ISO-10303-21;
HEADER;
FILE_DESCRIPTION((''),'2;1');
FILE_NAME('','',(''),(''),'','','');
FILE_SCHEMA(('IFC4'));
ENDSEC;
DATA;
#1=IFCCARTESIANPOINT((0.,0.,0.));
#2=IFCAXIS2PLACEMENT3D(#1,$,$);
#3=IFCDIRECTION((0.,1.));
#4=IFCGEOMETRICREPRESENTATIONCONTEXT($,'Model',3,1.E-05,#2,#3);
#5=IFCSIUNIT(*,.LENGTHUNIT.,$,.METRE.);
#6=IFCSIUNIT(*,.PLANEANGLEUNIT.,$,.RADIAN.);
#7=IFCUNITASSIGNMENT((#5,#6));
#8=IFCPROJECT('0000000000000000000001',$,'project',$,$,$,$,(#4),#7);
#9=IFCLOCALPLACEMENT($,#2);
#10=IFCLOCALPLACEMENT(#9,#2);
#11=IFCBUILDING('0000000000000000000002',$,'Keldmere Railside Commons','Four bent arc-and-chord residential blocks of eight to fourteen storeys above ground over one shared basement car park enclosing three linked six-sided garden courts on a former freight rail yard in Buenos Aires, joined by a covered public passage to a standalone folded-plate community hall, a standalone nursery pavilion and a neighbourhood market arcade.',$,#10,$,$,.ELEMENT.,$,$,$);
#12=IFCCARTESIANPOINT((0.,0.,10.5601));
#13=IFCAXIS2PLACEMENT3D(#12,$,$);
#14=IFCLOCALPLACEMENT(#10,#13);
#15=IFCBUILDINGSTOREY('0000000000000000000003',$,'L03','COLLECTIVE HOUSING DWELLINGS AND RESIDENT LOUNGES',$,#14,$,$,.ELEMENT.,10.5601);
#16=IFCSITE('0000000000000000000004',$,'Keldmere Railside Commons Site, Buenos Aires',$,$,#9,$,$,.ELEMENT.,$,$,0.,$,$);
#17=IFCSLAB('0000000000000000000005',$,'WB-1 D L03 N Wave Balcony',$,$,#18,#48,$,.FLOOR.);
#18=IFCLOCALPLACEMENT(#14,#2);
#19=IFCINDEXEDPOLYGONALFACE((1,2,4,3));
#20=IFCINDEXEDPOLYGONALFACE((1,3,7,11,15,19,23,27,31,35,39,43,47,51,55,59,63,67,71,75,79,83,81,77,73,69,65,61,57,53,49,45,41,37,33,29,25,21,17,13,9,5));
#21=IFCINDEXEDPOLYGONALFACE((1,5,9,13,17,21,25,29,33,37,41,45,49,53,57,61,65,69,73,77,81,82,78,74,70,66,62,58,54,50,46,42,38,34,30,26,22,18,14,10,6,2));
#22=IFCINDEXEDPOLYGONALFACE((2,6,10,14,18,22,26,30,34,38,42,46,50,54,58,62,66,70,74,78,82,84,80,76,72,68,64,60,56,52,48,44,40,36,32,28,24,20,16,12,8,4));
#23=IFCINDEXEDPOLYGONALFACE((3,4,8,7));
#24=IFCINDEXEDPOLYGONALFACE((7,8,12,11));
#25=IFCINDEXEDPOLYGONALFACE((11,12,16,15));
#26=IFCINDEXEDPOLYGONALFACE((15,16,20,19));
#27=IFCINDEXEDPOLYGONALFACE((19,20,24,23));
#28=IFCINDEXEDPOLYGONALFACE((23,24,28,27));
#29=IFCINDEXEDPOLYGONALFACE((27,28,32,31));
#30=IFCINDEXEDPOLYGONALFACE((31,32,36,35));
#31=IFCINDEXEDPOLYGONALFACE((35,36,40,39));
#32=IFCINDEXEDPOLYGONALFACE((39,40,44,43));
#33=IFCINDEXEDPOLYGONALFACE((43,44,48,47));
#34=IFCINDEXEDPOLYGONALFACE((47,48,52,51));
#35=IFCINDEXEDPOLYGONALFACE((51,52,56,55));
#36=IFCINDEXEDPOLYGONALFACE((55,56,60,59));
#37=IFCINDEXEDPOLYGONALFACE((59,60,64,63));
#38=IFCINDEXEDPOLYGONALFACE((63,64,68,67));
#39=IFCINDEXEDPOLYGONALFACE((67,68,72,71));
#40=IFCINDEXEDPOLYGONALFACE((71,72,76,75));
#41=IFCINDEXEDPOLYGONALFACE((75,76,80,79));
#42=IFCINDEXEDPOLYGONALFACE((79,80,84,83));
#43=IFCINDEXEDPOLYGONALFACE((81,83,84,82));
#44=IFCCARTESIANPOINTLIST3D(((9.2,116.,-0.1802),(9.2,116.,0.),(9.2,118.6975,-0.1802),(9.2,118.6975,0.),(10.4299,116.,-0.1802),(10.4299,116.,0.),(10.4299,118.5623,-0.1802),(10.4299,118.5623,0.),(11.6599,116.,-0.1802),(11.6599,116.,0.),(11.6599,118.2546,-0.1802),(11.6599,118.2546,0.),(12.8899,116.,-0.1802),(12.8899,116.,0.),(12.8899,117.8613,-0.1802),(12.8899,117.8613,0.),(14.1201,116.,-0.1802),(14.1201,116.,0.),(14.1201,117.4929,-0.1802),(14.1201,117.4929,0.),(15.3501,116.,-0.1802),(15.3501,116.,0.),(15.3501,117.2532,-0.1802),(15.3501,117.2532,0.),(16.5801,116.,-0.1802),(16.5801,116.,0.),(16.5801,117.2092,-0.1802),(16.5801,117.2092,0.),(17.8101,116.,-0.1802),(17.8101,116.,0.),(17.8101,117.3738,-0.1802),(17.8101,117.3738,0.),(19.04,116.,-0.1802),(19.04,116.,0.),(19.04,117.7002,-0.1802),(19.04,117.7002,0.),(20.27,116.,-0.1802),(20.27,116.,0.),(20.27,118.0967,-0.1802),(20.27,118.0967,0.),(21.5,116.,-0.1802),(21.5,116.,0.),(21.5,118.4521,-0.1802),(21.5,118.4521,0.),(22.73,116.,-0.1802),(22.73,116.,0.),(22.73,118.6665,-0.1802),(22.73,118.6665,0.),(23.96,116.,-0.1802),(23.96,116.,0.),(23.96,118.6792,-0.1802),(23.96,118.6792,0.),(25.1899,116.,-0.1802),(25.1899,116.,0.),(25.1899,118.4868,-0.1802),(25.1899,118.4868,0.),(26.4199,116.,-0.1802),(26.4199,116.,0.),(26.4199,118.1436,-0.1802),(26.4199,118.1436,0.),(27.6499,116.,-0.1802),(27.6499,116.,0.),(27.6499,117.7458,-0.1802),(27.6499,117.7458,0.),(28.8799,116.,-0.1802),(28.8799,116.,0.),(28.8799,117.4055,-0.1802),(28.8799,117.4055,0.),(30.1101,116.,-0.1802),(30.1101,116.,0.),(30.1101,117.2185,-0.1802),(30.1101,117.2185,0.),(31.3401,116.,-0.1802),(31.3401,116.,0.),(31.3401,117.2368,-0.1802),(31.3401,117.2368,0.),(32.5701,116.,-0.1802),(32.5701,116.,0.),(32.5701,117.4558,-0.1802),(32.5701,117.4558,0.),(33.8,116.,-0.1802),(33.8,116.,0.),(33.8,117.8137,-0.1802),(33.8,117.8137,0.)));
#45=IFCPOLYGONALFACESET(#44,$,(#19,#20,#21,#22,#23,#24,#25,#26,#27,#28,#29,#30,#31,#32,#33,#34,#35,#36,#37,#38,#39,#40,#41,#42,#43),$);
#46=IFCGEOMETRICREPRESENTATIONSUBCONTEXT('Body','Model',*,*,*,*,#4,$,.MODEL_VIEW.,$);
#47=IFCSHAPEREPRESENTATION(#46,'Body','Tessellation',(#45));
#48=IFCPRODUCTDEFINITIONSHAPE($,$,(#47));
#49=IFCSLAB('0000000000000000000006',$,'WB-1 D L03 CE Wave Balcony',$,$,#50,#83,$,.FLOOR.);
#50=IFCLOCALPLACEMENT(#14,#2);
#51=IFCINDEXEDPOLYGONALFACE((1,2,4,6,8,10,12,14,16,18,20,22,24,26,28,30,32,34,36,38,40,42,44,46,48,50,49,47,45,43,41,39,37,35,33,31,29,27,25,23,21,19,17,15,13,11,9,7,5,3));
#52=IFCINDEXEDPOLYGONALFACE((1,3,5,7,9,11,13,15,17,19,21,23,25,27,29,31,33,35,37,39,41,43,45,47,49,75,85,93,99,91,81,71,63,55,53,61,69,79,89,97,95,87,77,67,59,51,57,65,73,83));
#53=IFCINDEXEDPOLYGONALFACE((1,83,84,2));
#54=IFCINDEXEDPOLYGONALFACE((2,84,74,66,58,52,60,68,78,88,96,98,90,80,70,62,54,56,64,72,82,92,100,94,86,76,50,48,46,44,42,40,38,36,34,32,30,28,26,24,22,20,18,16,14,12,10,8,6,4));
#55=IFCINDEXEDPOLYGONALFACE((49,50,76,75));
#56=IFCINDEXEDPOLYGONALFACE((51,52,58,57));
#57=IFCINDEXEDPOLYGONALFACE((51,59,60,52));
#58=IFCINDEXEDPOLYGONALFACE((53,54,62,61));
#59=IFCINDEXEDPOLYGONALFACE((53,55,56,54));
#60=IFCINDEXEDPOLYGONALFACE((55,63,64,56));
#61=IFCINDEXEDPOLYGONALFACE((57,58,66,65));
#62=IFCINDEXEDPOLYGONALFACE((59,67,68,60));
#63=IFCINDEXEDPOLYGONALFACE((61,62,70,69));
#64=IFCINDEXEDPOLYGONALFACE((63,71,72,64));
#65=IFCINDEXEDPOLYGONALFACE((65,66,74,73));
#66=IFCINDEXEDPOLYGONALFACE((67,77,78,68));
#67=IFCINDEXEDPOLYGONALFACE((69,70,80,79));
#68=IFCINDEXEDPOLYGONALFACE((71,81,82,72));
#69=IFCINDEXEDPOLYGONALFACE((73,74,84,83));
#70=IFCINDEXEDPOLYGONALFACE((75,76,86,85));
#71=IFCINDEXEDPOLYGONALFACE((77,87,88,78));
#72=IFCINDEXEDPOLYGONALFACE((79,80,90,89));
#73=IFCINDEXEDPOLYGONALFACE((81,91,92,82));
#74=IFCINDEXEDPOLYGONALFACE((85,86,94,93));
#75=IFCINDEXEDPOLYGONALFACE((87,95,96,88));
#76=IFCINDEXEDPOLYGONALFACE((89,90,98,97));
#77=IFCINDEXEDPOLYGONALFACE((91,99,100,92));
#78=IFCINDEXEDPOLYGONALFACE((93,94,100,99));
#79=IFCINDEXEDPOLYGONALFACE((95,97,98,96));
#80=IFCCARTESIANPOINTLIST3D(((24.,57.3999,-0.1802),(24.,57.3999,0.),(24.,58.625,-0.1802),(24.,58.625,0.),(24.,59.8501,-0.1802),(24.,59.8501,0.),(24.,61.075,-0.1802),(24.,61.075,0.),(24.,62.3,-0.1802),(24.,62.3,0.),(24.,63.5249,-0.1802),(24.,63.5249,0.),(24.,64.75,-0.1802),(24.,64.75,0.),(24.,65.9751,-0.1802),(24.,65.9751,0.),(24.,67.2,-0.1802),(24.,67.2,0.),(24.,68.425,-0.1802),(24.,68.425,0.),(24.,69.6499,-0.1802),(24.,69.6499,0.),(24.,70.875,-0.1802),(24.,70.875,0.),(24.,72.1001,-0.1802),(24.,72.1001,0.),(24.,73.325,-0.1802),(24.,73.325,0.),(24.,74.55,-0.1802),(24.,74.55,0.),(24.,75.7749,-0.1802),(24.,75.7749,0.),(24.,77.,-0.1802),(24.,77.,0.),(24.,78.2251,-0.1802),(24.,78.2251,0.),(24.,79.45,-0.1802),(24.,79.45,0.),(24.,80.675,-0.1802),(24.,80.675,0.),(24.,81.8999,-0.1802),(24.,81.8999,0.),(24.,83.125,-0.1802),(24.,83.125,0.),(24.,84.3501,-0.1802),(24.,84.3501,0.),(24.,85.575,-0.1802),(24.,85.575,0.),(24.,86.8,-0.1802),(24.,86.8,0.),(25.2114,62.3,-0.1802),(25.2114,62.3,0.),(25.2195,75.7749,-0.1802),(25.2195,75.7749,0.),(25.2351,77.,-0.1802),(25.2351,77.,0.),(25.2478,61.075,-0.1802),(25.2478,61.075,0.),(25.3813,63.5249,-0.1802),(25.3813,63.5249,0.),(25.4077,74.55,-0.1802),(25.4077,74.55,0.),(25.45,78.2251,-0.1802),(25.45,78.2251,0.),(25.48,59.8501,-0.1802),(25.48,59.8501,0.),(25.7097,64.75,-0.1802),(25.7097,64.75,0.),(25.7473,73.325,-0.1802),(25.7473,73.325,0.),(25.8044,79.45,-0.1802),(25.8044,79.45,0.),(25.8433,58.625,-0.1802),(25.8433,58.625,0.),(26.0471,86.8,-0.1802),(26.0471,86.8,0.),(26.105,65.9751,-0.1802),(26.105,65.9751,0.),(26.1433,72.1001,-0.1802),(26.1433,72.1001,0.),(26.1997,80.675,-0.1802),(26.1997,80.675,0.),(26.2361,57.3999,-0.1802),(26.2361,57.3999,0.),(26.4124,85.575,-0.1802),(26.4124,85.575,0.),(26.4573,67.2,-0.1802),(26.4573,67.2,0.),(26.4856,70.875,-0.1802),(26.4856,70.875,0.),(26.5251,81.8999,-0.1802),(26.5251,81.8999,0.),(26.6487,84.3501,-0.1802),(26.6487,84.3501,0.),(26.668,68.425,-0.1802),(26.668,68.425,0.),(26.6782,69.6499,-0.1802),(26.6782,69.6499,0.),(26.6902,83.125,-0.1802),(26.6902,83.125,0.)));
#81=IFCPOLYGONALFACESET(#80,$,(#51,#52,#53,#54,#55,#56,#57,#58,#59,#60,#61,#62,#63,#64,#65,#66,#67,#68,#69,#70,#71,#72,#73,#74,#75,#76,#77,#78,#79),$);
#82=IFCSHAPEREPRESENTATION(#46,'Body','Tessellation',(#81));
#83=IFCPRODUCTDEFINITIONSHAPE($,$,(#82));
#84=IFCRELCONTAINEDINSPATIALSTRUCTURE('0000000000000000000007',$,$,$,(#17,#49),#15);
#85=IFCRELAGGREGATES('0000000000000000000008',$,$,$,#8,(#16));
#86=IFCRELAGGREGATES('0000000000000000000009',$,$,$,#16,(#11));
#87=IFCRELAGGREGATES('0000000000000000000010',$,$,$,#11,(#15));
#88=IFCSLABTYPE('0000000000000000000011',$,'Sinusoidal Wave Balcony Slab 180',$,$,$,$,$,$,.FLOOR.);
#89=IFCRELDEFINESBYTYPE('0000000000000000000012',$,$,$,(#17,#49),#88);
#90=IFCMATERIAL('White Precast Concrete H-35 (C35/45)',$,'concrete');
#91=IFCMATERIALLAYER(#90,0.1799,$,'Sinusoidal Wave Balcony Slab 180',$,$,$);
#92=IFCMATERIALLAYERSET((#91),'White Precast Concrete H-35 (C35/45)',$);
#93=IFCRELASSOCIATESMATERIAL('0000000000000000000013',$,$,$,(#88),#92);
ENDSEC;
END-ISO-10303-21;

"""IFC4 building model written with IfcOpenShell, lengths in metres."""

from ifc_helpers import new_model, si_unit, direction, frame, origin, place, context, subcontext, project, spatial, polyline, outline, extrude, material, layer, layer_set, type_object, element, save


model = new_model("IFC4")

# Units and contexts
model_context = context("Model", 3, precision=1e-05, world=origin(), true_north=direction((0.0, 1.0)))
body_context = subcontext(model_context, "Body", "Model", "MODEL_VIEW")
ifc_project = project(units=[si_unit("LENGTHUNIT", "METRE"), si_unit("PLANEANGLEUNIT", "RADIAN")], contexts=[model_context])

# Site, building, storey
site_placement = place(None, origin())
site = spatial("IfcSite", under=ifc_project, at=site_placement, Name="Keldmere Railside Commons Site, Buenos Aires", CompositionType="ELEMENT", RefElevation=0.0)
building_placement = place(site_placement, origin())
building = spatial("IfcBuilding", under=site, at=building_placement, Name="Keldmere Railside Commons", Description="Four bent arc-and-chord residential blocks of eight to fourteen storeys above ground over one shared basement car park enclosing three linked six-sided garden courts on a former freight rail yard in Buenos Aires, joined by a covered public passage to a standalone folded-plate community hall, a standalone nursery pavilion and a neighbourhood market arcade.", CompositionType="ELEMENT")
storey_placement = place(building_placement, frame((0.0, 0.0, 10.5601)))
storey = spatial("IfcBuildingStorey", under=building, at=storey_placement, Name="L03", Description="COLLECTIVE HOUSING DWELLINGS AND RESIDENT LOUNGES", CompositionType="ELEMENT", Elevation=10.5601)

# Slabs
ifc_material_1 = material(Name="White Precast Concrete H-35 (C35/45)", Category="concrete")
ifc_layer_1 = layer(ifc_material_1, 0.1799, Name="Sinusoidal Wave Balcony Slab 180")
ifc_layer_set_1 = layer_set([ifc_layer_1], Name="White Precast Concrete H-35 (C35/45)")
slab_type_1 = type_object("IfcSlabType", Name="Sinusoidal Wave Balcony Slab 180", PredefinedType="FLOOR", material=ifc_layer_set_1)
slab_1_placement = place(storey_placement, frame((0.0, 0.0, -0.1802)))
element("IfcSlab", 1, at=slab_1_placement, inside=storey, type_object=slab_type_1, Name="WB-1 D L03 N Wave Balcony", PredefinedType="FLOOR", context=body_context, shape_type="SweptSolid", body=[
    extrude(outline(polyline([(9.2, 116.0), (10.4299, 116.0), (11.6599, 116.0), (12.8899, 116.0), (14.1201, 116.0), (15.3501, 116.0), (16.5801, 116.0), (17.8101, 116.0), (19.04, 116.0), (20.27, 116.0), (21.5, 116.0), (22.73, 116.0), (23.96, 116.0), (25.1899, 116.0), (26.4199, 116.0), (27.6499, 116.0), (28.8799, 116.0), (30.1101, 116.0), (31.3401, 116.0), (32.5701, 116.0), (33.8, 116.0), (33.8, 117.8137), (32.5701, 117.4558), (31.3401, 117.2368), (30.1101, 117.2185), (28.8799, 117.4055), (27.6499, 117.7458), (26.4199, 118.1436), (25.1899, 118.4868), (23.96, 118.6792), (22.73, 118.6665), (21.5, 118.4521), (20.27, 118.0967), (19.04, 117.7002), (17.8101, 117.3738), (16.5801, 117.2092), (15.3501, 117.2532), (14.1201, 117.4929), (12.8899, 117.8613), (11.6599, 118.2546), (10.4299, 118.5623), (9.2, 118.6975), (9.2, 116.0)])), origin(), (0.0, 0.0, 1.0), 0.1802),
])
slab_2_placement = place(storey_placement, frame((0.0, 0.0, -0.1802)))
element("IfcSlab", 2, at=slab_2_placement, inside=storey, type_object=slab_type_1, Name="WB-1 D L03 CE Wave Balcony", PredefinedType="FLOOR", context=body_context, shape_type="SweptSolid", body=[
    extrude(outline(polyline([(26.2361, 57.3999), (25.8433, 58.625), (25.48, 59.8501), (25.2478, 61.075), (25.2114, 62.3), (25.3813, 63.5249), (25.7097, 64.75), (26.105, 65.9751), (26.4573, 67.2), (26.668, 68.425), (26.6782, 69.6499), (26.4856, 70.875), (26.1433, 72.1001), (25.7473, 73.325), (25.4077, 74.55), (25.2195, 75.7749), (25.2351, 77.0), (25.45, 78.2251), (25.8044, 79.45), (26.1997, 80.675), (26.5251, 81.8999), (26.6902, 83.125), (26.6487, 84.3501), (26.4124, 85.575), (26.0471, 86.8), (24.0, 86.8), (24.0, 85.575), (24.0, 84.3501), (24.0, 83.125), (24.0, 81.8999), (24.0, 80.675), (24.0, 79.45), (24.0, 78.2251), (24.0, 77.0), (24.0, 75.7749), (24.0, 74.55), (24.0, 73.325), (24.0, 72.1001), (24.0, 70.875), (24.0, 69.6499), (24.0, 68.425), (24.0, 67.2), (24.0, 65.9751), (24.0, 64.75), (24.0, 63.5249), (24.0, 62.3), (24.0, 61.075), (24.0, 59.8501), (24.0, 58.625), (24.0, 57.3999), (26.2361, 57.3999)])), origin(), (0.0, 0.0, 1.0), 0.1802),
])

save(model, "model.ifc")
